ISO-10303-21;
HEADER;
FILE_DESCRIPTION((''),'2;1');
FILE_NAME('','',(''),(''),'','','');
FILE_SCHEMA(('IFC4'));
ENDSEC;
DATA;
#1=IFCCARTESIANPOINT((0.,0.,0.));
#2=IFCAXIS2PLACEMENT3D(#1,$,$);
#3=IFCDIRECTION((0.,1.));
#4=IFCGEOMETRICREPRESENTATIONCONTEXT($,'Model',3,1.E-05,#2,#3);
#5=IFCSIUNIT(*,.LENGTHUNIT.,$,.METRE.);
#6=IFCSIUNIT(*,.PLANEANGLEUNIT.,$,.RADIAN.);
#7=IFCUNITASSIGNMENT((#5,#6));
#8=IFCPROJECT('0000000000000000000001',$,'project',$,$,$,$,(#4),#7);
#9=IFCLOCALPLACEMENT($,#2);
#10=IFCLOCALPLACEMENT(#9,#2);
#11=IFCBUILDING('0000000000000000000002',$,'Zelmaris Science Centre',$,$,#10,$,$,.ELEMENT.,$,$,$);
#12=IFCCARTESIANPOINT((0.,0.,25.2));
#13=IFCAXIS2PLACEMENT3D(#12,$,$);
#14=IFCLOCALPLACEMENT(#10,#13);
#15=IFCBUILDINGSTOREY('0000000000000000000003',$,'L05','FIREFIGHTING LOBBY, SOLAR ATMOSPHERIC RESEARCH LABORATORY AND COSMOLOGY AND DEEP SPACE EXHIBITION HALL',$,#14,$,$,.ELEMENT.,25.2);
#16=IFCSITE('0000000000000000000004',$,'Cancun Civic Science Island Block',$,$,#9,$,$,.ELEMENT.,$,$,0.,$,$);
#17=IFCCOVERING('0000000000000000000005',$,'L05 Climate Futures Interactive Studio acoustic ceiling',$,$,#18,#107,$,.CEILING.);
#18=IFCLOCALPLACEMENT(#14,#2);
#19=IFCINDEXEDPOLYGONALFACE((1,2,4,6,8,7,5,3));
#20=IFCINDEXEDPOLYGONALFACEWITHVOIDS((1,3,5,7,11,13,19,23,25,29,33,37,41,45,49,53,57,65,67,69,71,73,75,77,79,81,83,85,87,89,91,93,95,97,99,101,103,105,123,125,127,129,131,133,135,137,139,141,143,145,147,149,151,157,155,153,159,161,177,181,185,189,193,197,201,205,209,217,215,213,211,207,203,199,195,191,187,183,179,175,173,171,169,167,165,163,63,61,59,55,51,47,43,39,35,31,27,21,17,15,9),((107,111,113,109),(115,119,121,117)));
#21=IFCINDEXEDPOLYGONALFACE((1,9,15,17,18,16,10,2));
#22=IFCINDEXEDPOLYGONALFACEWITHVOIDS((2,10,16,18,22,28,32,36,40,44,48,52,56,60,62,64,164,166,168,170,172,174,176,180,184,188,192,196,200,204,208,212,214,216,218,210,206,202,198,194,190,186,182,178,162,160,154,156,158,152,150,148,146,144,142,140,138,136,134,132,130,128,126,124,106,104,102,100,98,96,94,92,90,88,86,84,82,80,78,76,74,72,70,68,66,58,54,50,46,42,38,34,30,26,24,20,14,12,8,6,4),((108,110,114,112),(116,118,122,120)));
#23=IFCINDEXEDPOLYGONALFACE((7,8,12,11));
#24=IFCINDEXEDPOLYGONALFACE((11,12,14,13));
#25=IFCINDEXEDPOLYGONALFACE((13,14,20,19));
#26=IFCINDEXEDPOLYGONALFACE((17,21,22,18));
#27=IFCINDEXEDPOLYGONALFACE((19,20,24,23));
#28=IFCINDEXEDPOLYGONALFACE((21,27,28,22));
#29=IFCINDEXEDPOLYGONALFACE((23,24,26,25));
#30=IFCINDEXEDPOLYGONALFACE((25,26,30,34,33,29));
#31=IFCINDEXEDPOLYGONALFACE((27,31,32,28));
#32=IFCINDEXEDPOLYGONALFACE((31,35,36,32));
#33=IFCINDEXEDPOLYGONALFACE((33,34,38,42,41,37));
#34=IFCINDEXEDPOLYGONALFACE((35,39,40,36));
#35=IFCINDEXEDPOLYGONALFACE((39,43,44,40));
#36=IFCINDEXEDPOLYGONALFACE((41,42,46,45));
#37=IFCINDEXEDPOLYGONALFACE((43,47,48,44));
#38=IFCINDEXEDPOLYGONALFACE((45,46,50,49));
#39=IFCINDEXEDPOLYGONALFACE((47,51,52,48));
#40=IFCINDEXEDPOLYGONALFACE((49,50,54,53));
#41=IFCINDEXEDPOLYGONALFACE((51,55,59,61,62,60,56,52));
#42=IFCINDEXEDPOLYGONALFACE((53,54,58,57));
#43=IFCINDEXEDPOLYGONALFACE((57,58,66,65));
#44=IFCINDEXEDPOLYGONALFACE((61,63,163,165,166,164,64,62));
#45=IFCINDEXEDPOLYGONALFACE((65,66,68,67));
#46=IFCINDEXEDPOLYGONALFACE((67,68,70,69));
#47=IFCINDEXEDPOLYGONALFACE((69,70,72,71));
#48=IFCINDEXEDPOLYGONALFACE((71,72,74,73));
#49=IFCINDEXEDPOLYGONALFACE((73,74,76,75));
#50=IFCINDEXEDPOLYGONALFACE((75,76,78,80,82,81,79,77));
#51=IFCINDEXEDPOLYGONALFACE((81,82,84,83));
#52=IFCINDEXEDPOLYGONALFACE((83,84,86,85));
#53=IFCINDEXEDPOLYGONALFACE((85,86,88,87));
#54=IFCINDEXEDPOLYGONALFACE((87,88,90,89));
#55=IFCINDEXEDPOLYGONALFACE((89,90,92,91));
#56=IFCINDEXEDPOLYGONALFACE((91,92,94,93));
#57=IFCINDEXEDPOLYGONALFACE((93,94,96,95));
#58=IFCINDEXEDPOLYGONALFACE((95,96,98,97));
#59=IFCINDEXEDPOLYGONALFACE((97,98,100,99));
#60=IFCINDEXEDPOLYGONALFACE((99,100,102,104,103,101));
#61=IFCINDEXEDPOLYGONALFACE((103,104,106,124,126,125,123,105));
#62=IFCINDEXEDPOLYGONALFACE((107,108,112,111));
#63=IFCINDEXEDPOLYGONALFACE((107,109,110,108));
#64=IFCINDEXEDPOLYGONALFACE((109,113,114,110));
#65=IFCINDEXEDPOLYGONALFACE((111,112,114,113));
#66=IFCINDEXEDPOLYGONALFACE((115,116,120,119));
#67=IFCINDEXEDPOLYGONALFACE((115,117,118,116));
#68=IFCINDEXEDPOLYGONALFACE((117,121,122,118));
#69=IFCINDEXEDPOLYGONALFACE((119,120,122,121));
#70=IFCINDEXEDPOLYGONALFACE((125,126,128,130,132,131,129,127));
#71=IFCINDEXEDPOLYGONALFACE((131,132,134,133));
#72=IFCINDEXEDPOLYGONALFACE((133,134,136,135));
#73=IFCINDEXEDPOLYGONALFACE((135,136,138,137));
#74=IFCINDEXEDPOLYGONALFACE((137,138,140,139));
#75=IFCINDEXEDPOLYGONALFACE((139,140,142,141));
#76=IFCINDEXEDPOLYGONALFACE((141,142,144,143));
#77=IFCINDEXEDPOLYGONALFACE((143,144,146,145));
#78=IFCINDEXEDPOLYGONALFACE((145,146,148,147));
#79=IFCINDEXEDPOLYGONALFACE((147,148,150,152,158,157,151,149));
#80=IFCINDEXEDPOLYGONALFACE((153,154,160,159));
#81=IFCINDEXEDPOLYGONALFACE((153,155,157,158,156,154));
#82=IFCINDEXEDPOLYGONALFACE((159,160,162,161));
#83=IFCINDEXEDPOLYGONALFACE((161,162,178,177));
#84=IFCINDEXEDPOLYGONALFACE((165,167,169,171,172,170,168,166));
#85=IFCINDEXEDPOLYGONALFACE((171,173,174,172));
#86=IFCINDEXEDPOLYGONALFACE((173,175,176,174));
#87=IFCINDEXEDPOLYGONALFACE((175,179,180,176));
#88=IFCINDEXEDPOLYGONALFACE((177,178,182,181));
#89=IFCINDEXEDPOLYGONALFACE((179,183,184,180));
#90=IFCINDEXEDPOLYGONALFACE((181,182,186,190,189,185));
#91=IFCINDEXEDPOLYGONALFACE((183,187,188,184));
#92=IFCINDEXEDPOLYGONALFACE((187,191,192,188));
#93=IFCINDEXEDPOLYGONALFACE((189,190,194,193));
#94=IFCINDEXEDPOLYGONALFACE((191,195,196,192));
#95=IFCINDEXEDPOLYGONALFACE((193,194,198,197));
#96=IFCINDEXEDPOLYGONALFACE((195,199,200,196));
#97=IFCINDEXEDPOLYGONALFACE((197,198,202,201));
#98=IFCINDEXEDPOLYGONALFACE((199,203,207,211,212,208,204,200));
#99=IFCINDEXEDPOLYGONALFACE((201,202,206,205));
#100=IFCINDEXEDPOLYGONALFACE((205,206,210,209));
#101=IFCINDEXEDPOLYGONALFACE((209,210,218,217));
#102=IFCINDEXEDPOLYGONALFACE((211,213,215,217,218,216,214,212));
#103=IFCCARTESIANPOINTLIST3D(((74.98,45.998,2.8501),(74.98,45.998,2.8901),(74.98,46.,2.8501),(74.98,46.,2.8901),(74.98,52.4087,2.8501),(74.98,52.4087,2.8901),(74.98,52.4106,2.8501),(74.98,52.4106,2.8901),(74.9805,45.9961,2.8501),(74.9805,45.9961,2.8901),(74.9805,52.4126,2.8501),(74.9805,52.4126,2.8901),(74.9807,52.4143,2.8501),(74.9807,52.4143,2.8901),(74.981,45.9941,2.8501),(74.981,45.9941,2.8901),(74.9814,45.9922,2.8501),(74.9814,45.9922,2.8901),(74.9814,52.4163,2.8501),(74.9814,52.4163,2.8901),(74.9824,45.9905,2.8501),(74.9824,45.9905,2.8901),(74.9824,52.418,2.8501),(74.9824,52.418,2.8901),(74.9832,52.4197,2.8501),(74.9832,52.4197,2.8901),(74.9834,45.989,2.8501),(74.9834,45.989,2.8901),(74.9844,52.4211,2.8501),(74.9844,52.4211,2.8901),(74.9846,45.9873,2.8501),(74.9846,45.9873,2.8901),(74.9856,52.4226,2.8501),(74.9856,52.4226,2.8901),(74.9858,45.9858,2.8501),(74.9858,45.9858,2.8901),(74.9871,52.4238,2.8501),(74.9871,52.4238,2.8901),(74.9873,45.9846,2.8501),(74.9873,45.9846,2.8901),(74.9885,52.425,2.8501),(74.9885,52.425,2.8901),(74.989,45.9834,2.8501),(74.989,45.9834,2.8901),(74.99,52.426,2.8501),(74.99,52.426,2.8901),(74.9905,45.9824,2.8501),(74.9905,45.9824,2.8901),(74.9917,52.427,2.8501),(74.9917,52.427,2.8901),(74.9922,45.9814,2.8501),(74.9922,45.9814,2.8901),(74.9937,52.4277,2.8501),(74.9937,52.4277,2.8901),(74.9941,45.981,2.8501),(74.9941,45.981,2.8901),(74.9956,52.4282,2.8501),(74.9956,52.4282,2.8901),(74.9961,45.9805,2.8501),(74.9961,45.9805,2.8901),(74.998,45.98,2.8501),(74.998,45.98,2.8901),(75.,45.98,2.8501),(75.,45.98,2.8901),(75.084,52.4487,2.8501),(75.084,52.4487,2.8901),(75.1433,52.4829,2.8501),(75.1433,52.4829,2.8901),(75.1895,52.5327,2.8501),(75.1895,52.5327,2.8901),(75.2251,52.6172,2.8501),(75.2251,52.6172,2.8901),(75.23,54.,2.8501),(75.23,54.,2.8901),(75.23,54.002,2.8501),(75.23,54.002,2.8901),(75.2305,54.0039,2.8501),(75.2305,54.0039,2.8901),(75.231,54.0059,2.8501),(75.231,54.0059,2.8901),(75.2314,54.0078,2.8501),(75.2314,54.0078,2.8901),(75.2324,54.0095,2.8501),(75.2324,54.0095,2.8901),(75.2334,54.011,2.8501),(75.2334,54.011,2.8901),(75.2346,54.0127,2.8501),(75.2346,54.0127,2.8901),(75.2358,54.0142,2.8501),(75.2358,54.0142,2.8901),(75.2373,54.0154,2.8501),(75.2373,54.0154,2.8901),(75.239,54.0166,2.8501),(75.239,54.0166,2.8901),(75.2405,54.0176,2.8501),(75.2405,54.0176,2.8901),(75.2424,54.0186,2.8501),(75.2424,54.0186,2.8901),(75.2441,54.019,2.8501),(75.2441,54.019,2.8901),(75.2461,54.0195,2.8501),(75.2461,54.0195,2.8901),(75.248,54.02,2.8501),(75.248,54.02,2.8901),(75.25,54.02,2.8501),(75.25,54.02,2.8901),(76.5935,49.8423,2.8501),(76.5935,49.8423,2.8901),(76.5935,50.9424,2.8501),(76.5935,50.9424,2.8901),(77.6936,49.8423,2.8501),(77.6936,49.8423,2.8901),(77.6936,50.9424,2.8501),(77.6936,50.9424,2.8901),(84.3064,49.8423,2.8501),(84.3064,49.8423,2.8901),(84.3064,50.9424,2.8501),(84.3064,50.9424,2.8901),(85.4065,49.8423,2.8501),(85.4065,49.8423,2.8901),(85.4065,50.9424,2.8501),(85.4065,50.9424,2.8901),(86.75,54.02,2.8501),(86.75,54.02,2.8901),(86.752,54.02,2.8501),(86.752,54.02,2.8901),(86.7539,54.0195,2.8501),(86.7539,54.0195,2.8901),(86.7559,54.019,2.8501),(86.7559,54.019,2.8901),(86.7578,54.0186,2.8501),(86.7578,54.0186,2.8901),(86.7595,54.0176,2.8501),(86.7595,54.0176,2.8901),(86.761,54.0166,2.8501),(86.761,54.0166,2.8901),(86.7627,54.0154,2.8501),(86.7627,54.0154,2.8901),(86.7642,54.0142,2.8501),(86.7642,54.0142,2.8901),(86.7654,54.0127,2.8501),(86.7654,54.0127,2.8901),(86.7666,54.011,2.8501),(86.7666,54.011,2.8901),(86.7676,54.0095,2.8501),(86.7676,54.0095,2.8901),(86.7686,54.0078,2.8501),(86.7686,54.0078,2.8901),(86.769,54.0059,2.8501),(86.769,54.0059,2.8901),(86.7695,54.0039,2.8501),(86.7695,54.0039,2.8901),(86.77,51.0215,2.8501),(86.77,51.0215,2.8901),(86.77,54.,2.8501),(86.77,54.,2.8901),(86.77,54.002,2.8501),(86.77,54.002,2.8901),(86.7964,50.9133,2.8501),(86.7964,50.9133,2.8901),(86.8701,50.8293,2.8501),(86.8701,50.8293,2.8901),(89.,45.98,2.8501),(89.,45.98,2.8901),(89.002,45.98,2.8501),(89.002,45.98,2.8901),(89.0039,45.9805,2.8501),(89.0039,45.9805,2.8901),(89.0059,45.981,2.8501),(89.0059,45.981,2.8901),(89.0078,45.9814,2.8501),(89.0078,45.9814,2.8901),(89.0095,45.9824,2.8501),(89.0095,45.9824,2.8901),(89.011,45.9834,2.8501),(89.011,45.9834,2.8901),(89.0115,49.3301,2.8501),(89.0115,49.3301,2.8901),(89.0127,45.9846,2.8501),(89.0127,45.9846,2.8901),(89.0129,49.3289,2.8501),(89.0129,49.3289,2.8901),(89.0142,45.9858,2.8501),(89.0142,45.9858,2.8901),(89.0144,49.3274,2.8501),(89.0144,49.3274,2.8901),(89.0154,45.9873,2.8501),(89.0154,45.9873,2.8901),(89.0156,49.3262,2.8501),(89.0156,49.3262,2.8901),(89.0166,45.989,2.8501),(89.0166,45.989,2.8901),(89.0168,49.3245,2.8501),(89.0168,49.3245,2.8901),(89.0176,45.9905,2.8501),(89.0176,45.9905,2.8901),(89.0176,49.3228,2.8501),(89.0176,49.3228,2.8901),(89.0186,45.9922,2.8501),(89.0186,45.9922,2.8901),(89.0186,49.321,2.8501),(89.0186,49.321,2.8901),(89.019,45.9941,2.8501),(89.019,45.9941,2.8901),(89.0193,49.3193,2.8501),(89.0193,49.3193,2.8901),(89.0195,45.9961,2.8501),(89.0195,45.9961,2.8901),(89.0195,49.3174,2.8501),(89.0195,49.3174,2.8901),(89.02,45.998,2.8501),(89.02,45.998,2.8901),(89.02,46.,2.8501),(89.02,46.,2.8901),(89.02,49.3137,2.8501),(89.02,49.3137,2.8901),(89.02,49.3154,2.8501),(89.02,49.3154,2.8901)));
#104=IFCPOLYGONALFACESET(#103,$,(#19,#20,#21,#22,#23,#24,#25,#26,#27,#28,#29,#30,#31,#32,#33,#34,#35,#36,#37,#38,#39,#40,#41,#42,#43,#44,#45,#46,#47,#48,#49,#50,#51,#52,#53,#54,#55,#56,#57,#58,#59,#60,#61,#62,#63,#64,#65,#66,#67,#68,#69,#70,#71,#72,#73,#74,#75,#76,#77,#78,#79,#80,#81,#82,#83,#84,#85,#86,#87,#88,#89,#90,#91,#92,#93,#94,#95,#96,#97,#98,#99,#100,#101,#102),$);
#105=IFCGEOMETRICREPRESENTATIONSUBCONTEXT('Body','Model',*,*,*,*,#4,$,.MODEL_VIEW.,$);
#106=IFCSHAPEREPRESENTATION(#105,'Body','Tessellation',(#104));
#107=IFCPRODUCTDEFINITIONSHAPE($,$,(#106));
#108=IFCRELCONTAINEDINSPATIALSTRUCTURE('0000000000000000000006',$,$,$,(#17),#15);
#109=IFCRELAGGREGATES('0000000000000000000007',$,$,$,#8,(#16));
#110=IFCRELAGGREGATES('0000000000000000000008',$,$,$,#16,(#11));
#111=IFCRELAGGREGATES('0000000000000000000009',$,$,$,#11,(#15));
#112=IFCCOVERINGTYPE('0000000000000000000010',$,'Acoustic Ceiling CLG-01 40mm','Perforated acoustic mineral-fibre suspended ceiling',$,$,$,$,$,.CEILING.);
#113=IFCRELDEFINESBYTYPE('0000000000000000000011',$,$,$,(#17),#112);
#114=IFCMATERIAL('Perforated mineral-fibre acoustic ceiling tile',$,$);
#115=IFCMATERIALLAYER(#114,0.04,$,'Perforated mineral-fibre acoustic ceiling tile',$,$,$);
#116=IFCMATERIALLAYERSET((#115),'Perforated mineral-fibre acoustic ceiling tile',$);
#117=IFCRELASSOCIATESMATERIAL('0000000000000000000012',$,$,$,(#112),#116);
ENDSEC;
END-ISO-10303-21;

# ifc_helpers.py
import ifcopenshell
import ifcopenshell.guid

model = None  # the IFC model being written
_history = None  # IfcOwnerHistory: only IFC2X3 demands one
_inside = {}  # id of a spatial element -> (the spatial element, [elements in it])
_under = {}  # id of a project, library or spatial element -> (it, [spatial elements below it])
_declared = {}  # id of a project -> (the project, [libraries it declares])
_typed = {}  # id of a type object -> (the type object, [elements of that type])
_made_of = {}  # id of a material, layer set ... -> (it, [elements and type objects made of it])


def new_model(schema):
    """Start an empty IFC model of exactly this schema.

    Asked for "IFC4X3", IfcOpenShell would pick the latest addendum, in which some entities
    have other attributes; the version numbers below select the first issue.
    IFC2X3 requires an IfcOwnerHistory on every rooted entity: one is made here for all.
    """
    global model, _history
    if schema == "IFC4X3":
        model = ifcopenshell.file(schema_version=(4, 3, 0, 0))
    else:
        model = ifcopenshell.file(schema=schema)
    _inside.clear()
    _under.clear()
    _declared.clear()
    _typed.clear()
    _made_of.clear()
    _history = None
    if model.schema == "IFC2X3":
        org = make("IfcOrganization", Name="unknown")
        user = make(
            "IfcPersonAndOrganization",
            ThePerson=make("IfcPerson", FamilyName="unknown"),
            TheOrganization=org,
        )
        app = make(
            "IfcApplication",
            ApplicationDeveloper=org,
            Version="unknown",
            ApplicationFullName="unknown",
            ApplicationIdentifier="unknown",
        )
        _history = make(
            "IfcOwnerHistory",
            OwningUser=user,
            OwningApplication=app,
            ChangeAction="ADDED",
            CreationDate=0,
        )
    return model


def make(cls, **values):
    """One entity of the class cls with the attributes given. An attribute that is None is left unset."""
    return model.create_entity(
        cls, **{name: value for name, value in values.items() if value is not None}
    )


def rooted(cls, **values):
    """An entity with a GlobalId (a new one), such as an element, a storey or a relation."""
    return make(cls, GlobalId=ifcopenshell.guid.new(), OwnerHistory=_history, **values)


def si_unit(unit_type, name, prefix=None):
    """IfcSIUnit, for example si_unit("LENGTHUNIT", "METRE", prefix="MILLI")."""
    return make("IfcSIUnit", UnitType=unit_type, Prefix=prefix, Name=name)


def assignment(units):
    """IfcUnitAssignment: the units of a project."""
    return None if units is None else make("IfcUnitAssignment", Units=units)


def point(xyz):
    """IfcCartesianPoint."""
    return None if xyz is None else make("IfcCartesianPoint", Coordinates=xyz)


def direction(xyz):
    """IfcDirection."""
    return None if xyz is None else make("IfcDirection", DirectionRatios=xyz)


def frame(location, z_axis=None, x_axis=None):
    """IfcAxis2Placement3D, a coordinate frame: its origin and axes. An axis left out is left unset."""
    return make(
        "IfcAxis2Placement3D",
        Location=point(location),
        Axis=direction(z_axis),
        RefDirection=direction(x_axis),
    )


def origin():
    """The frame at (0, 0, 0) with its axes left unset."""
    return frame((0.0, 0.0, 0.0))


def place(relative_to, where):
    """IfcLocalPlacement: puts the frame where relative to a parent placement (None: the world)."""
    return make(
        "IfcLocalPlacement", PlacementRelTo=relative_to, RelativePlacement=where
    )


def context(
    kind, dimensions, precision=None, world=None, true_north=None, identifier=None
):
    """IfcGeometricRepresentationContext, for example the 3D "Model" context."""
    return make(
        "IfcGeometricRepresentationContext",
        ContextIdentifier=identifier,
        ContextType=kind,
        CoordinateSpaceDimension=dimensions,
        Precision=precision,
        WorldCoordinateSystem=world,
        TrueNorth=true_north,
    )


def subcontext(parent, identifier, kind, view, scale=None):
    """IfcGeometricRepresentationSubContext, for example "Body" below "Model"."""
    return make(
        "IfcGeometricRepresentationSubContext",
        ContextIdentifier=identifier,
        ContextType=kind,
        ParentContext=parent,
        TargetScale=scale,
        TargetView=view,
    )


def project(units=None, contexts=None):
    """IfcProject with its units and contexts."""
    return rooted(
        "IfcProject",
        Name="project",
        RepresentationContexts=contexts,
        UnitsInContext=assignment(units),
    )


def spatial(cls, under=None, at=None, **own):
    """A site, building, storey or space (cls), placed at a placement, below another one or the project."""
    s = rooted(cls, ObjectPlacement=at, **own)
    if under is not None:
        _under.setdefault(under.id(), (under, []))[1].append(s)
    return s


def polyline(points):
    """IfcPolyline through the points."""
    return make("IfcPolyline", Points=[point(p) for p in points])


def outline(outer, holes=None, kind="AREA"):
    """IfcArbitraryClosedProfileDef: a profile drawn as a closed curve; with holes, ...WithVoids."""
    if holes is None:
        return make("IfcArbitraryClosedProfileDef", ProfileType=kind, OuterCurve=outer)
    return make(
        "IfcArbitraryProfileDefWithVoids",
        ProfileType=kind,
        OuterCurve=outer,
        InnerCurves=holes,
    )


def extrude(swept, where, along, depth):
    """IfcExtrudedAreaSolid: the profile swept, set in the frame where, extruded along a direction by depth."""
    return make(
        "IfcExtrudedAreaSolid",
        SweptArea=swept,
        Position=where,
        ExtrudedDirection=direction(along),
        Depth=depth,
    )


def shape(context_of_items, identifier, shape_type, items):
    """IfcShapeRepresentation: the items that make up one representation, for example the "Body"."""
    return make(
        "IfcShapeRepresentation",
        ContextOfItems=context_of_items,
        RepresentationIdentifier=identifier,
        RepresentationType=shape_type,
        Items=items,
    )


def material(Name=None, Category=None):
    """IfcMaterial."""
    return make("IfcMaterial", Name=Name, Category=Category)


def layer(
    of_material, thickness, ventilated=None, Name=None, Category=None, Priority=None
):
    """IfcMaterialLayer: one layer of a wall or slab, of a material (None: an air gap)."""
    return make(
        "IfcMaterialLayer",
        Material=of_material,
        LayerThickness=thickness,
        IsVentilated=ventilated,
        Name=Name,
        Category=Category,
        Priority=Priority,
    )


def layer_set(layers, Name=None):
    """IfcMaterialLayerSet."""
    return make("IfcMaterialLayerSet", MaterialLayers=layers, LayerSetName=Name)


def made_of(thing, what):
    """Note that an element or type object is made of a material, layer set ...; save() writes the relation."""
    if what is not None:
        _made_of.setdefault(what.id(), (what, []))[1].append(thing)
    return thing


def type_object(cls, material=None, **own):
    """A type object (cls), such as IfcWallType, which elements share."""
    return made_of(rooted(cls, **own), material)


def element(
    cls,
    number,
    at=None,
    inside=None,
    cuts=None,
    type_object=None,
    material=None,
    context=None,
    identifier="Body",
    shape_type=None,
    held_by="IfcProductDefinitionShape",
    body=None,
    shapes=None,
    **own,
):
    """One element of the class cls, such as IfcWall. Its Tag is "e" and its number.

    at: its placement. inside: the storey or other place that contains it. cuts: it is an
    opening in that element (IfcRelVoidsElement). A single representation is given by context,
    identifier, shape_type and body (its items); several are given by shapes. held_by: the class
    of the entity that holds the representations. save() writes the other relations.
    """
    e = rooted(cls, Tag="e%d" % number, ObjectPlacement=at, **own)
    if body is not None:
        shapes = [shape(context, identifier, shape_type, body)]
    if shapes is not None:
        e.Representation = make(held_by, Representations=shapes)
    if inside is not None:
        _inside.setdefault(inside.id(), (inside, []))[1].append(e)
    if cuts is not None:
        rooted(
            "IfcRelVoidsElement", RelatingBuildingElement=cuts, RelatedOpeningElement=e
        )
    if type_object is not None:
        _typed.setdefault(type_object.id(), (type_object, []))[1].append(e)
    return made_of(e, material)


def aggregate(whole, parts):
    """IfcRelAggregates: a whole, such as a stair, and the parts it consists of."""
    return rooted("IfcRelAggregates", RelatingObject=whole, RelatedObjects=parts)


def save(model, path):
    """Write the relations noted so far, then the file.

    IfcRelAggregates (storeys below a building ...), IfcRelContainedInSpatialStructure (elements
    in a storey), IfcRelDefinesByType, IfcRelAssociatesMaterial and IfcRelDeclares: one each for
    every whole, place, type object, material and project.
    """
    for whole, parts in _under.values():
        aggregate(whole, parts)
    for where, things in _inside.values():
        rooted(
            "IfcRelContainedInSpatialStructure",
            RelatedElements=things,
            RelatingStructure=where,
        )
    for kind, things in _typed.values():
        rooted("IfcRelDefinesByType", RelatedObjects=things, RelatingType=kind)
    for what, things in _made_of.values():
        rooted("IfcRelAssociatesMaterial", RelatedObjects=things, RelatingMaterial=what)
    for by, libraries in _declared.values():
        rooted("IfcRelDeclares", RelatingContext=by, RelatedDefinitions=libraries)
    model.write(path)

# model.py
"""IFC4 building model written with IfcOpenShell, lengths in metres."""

from ifc_helpers import new_model, si_unit, direction, frame, origin, place, context, subcontext, project, spatial, polyline, outline, extrude, material, layer, layer_set, type_object, element, save


model = new_model("IFC4")

# Units and contexts
model_context = context("Model", 3, precision=1e-05, world=origin(), true_north=direction((0.0, 1.0)))
body_context = subcontext(model_context, "Body", "Model", "MODEL_VIEW")
ifc_project = project(units=[si_unit("LENGTHUNIT", "METRE"), si_unit("PLANEANGLEUNIT", "RADIAN")], contexts=[model_context])

# Site, building, storey
site_placement = place(None, origin())
site = spatial("IfcSite", under=ifc_project, at=site_placement, Name="Cancun Civic Science Island Block", CompositionType="ELEMENT", RefElevation=0.0)
building_placement = place(site_placement, origin())
building = spatial("IfcBuilding", under=site, at=building_placement, Name="Zelmaris Science Centre", CompositionType="ELEMENT")
storey_placement = place(building_placement, frame((0.0, 0.0, 25.2)))
storey = spatial("IfcBuildingStorey", under=building, at=storey_placement, Name="L05", Description="FIREFIGHTING LOBBY, SOLAR ATMOSPHERIC RESEARCH LABORATORY AND COSMOLOGY AND DEEP SPACE EXHIBITION HALL", CompositionType="ELEMENT", Elevation=25.2)

# Covering
ifc_material_1 = material(Name="Perforated mineral-fibre acoustic ceiling tile")
ifc_layer_1 = layer(ifc_material_1, 0.04, Name="Perforated mineral-fibre acoustic ceiling tile")
ifc_layer_set_1 = layer_set([ifc_layer_1], Name="Perforated mineral-fibre acoustic ceiling tile")
covering_type_1 = type_object("IfcCoveringType", Name="Acoustic Ceiling CLG-01 40mm", Description="Perforated acoustic mineral-fibre suspended ceiling", PredefinedType="CEILING", material=ifc_layer_set_1)
covering_1_placement = place(storey_placement, frame((0.0, 0.0, 2.8501)))
element("IfcCovering", 1, at=covering_1_placement, inside=storey, type_object=covering_type_1, Name="L05 Climate Futures Interactive Studio acoustic ceiling", PredefinedType="CEILING", context=body_context, shape_type="SweptSolid", body=[
    extrude(outline(polyline([(89.02, 45.998), (89.0195, 45.9961), (89.019, 45.9941), (89.0186, 45.9922), (89.0176, 45.9905), (89.0166, 45.989), (89.0154, 45.9873), (89.0142, 45.9858), (89.0127, 45.9846), (89.011, 45.9834), (89.0095, 45.9824), (89.0078, 45.9814), (89.0059, 45.981), (89.0039, 45.9805), (89.002, 45.98), (89.0, 45.98), (75.0, 45.98), (74.998, 45.98), (74.9961, 45.9805), (74.9941, 45.981), (74.9922, 45.9814), (74.9905, 45.9824), (74.989, 45.9834), (74.9873, 45.9846), (74.9858, 45.9858), (74.9846, 45.9873), (74.9834, 45.989), (74.9824, 45.9905), (74.9814, 45.9922), (74.981, 45.9941), (74.9805, 45.9961), (74.98, 45.998), (74.98, 46.0), (74.98, 52.4087), (74.98, 52.4106), (74.9805, 52.4126), (74.9807, 52.4143), (74.9814, 52.4163), (74.9824, 52.418), (74.9832, 52.4197), (74.9844, 52.4211), (74.9856, 52.4226), (74.9871, 52.4238), (74.9885, 52.425), (74.99, 52.426), (74.9917, 52.427), (74.9937, 52.4277), (74.9956, 52.4282), (75.084, 52.4487), (75.1433, 52.4829), (75.1895, 52.5327), (75.2251, 52.6172), (75.23, 54.0), (75.23, 54.002), (75.2305, 54.0039), (75.231, 54.0059), (75.2314, 54.0078), (75.2324, 54.0095), (75.2334, 54.011), (75.2346, 54.0127), (75.2358, 54.0142), (75.2373, 54.0154), (75.239, 54.0166), (75.2405, 54.0176), (75.2424, 54.0186), (75.2441, 54.019), (75.2461, 54.0195), (75.248, 54.02), (75.25, 54.02), (86.75, 54.02), (86.752, 54.02), (86.7539, 54.0195), (86.7559, 54.019), (86.7578, 54.0186), (86.7595, 54.0176), (86.761, 54.0166), (86.7627, 54.0154), (86.7642, 54.0142), (86.7654, 54.0127), (86.7666, 54.011), (86.7676, 54.0095), (86.7686, 54.0078), (86.769, 54.0059), (86.7695, 54.0039), (86.77, 54.002), (86.77, 54.0), (86.77, 51.0215), (86.7964, 50.9133), (86.8701, 50.8293), (89.0115, 49.3301), (89.0129, 49.3289), (89.0144, 49.3274), (89.0156, 49.3262), (89.0168, 49.3245), (89.0176, 49.3228), (89.0186, 49.321), (89.0193, 49.3193), (89.0195, 49.3174), (89.02, 49.3154), (89.02, 49.3137), (89.02, 46.0), (89.02, 45.998)]), holes=[polyline([(84.3064, 50.9424), (84.3064, 49.8423), (85.4065, 49.8423), (85.4065, 50.9424), (84.3064, 50.9424)]), polyline([(76.5935, 49.8423), (77.6936, 49.8423), (77.6936, 50.9424), (76.5935, 50.9424), (76.5935, 49.8423)])]), origin(), (0.0, 0.0, 1.0), 0.04),
])

save(model, "model.ifc")
